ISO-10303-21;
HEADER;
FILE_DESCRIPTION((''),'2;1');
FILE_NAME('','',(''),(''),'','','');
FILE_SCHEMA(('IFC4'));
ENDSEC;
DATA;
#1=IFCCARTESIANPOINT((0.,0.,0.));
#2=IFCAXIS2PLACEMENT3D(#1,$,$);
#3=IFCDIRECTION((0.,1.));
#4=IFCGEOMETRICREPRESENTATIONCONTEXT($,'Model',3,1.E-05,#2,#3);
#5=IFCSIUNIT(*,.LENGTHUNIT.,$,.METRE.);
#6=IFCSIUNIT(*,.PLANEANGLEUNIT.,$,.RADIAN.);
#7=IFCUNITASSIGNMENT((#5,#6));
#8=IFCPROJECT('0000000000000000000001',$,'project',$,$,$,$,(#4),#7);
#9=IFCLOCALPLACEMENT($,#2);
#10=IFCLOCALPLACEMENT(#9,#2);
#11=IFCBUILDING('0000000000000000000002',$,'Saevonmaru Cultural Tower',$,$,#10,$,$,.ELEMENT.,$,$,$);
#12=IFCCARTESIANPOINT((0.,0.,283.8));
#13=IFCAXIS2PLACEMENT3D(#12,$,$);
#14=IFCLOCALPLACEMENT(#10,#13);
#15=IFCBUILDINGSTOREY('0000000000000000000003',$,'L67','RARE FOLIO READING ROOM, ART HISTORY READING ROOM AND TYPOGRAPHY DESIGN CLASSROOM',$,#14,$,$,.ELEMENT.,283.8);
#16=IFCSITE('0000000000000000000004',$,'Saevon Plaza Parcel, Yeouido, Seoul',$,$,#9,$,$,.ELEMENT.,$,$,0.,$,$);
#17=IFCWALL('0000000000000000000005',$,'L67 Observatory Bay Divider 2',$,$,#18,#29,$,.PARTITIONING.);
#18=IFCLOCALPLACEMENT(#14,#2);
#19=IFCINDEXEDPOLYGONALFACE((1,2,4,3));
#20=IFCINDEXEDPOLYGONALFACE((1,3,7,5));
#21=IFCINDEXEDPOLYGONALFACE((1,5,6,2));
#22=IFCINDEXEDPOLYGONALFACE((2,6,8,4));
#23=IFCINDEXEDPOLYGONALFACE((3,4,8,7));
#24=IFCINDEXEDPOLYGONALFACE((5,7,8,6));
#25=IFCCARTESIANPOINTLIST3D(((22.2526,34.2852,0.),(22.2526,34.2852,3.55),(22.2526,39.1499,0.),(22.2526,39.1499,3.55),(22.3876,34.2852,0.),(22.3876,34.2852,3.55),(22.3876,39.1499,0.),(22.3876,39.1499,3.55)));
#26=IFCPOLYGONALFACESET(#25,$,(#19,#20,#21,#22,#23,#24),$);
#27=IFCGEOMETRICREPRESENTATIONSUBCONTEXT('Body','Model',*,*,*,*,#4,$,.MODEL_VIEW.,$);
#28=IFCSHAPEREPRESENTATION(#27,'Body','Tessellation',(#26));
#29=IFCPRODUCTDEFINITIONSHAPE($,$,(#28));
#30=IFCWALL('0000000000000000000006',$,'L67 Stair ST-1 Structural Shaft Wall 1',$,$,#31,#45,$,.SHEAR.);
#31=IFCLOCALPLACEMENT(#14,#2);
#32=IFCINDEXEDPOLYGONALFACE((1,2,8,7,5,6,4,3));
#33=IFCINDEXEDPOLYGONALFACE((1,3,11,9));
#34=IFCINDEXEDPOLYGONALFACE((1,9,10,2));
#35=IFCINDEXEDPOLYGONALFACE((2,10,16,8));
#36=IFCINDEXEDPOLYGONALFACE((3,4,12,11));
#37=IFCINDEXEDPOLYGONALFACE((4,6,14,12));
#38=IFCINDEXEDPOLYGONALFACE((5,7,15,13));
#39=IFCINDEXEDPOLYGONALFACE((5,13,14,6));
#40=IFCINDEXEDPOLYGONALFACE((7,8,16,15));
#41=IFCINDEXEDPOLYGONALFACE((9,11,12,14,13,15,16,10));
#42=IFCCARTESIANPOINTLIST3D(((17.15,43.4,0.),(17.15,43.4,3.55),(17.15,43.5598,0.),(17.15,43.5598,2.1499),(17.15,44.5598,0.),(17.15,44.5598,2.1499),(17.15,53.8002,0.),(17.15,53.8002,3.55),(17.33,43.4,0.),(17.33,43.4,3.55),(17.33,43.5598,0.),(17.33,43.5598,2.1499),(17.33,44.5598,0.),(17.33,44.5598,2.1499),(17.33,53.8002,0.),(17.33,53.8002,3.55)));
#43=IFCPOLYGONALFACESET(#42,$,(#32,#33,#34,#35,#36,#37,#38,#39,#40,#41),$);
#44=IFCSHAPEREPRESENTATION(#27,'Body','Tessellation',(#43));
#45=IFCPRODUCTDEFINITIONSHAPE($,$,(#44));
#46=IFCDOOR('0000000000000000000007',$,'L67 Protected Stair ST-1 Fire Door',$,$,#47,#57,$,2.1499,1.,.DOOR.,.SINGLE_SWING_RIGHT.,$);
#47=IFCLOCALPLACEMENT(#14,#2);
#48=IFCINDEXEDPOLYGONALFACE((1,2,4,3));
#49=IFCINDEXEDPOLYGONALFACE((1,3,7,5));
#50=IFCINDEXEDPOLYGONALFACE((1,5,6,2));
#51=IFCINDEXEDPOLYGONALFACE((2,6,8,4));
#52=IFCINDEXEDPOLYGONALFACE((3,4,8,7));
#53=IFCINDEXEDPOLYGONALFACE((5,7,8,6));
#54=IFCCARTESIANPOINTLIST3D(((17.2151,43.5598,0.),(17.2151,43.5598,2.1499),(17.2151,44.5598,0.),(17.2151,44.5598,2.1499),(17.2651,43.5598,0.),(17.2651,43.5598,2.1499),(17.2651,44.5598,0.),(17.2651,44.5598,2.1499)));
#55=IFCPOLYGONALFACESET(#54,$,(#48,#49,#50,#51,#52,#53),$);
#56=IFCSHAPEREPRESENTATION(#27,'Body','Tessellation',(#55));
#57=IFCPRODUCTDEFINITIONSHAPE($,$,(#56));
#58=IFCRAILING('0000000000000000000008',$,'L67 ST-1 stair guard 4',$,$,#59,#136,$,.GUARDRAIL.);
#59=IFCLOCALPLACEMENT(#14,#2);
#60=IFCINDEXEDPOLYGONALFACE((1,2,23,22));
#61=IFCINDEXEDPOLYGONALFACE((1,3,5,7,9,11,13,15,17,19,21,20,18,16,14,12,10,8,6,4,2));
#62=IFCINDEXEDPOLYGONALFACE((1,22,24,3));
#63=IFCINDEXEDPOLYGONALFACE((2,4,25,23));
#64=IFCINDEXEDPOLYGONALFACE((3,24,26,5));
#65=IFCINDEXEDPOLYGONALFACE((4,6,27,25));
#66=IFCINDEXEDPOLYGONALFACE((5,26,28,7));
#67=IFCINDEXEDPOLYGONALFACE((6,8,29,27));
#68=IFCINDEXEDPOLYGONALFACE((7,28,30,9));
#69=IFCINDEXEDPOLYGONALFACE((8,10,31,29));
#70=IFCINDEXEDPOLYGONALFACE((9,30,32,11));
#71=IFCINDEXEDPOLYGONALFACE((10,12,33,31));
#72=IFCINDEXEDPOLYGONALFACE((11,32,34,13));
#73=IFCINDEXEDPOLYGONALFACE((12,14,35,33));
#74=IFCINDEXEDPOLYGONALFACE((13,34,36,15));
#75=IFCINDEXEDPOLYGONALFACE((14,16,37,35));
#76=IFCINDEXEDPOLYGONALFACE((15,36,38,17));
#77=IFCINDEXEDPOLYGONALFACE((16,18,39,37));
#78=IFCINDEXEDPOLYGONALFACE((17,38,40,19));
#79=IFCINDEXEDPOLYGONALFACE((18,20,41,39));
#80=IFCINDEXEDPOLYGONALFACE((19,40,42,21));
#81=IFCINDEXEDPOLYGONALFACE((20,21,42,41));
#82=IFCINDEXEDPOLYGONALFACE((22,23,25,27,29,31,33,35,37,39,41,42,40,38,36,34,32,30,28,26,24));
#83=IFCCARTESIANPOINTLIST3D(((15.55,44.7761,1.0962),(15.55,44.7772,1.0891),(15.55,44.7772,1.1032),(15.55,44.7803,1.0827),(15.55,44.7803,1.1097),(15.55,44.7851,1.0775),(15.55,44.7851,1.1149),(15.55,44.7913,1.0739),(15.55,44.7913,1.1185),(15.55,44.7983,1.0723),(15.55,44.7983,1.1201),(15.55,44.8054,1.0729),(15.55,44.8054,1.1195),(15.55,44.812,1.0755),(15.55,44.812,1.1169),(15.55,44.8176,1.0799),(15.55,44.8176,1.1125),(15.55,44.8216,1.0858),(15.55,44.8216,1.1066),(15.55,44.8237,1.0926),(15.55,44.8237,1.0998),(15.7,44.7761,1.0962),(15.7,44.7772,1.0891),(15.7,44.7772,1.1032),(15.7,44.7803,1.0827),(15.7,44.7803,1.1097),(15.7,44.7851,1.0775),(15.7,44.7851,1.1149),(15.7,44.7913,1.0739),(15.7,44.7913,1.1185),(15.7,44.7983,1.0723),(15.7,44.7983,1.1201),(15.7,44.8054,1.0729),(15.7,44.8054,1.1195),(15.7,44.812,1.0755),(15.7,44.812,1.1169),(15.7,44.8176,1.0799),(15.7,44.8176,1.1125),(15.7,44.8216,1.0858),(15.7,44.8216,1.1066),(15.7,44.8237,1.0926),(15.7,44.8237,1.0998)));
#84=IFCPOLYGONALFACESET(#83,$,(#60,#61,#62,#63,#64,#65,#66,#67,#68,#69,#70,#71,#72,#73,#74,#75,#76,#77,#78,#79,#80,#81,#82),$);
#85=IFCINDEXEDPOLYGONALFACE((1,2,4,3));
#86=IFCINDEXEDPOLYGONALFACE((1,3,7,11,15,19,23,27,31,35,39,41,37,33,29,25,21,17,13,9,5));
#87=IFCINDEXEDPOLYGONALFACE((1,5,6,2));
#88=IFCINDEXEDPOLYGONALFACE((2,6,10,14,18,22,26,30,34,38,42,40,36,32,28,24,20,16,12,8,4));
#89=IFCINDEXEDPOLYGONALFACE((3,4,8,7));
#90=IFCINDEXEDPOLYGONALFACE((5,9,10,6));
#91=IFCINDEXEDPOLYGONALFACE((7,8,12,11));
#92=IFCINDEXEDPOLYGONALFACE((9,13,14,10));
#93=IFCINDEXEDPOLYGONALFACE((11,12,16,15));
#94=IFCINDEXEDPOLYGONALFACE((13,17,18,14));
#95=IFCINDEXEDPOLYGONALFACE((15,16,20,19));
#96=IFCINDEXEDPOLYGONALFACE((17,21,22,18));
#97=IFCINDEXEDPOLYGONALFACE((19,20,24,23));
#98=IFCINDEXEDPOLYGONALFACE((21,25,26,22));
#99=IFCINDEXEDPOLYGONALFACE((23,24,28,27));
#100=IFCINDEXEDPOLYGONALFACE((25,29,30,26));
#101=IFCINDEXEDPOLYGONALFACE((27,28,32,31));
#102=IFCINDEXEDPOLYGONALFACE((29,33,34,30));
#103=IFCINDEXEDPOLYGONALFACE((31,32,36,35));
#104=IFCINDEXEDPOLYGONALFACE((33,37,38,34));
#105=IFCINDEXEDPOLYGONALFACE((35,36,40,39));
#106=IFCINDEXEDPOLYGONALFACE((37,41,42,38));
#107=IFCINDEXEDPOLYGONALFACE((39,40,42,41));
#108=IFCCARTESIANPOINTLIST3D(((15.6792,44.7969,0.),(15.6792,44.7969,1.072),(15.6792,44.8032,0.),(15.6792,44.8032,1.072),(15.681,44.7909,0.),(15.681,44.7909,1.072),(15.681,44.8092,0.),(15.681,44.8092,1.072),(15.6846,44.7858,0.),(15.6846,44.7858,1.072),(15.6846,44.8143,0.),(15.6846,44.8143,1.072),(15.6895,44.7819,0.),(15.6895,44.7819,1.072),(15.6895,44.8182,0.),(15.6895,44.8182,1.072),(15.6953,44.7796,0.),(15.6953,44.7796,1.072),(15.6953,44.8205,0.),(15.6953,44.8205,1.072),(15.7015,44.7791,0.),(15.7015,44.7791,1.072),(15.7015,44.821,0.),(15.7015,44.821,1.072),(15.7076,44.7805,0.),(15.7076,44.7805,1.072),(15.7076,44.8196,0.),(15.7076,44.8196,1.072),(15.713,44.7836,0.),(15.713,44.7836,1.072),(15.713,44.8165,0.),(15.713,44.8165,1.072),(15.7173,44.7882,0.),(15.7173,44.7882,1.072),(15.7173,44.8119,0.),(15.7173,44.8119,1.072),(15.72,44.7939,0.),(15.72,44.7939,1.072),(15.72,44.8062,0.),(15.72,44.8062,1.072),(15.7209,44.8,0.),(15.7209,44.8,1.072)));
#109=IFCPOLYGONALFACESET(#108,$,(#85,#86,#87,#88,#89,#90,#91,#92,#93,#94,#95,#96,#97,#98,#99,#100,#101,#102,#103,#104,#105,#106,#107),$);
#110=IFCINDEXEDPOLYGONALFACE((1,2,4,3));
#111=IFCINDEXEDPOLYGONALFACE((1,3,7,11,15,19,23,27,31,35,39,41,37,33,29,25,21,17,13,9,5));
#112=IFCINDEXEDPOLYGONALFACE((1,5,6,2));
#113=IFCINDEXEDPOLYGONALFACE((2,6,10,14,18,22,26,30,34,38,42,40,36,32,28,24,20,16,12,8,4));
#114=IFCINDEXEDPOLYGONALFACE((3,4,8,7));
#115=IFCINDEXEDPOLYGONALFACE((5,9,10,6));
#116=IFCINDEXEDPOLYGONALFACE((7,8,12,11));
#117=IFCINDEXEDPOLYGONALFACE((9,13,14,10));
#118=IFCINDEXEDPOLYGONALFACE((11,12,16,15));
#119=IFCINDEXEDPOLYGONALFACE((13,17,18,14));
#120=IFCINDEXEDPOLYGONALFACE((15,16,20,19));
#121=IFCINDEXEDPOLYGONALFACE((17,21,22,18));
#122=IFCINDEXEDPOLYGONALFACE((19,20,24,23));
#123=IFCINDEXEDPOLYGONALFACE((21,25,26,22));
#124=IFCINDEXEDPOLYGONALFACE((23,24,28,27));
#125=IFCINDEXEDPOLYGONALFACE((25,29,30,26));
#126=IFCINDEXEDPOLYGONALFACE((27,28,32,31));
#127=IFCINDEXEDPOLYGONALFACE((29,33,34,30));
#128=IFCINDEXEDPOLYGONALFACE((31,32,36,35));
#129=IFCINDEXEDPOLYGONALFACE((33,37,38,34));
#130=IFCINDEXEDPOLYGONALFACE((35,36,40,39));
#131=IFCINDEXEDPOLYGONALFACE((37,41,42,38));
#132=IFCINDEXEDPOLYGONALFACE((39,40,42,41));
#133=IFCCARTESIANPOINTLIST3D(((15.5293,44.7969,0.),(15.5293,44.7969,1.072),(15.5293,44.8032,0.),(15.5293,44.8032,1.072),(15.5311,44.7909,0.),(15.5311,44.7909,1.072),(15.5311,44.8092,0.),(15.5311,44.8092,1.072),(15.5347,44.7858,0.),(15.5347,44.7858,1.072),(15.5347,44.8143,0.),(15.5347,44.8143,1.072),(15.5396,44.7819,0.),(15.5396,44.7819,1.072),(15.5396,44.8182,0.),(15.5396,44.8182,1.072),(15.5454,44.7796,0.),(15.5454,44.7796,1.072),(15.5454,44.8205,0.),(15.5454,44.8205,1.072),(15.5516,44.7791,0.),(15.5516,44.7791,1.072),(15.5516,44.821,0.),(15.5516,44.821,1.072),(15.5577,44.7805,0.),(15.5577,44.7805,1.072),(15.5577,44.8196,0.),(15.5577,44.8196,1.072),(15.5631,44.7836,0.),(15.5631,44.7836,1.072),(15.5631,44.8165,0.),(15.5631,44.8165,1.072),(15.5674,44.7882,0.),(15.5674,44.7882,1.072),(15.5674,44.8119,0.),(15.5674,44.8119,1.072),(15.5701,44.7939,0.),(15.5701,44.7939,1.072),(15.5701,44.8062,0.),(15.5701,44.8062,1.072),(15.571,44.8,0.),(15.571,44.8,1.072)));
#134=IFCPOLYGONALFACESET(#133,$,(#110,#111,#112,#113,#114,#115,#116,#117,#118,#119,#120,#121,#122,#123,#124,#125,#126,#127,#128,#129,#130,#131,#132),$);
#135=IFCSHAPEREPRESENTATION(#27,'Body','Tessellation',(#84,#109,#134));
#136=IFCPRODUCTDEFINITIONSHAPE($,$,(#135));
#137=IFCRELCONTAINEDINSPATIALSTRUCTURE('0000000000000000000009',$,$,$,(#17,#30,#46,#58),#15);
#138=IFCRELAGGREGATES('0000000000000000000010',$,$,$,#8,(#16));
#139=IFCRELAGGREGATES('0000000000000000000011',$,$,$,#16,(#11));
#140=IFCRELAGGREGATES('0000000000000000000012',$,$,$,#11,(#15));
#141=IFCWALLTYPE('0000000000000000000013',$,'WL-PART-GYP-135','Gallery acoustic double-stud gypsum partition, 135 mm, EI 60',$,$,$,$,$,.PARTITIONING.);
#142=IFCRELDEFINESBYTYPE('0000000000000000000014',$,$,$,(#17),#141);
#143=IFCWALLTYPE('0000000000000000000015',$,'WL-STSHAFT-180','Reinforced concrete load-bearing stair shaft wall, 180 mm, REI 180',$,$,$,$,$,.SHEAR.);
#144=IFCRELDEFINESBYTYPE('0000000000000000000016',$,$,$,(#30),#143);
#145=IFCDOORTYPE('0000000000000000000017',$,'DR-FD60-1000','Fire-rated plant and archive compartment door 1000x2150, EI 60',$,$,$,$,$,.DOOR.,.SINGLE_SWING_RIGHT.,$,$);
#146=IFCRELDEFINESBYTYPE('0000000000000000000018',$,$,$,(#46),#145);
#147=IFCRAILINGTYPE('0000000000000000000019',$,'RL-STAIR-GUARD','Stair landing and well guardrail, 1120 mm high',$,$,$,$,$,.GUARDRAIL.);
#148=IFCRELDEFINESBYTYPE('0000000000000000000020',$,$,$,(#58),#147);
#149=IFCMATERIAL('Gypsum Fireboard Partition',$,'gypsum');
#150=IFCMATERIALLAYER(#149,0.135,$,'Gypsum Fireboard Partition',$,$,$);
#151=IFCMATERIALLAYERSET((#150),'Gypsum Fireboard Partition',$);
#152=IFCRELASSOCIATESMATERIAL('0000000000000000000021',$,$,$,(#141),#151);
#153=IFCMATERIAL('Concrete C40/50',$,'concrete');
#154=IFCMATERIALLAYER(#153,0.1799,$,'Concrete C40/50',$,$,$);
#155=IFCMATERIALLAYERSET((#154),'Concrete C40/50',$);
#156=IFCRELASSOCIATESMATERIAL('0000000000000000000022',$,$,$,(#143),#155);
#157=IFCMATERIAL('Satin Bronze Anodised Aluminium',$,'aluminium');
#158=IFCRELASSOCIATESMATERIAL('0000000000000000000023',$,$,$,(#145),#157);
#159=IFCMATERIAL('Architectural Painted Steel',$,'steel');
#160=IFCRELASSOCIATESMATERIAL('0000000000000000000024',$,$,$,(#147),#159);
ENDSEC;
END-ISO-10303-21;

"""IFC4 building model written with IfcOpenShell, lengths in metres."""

from ifc_helpers import new_model, si_unit, direction, frame, frame_2d, origin, origin_2d, place, context, subcontext, project, spatial, rectangle, circle, extrude, material, layer, layer_set, type_object, element, fill, save


model = new_model("IFC4")

# Units and contexts
model_context = context("Model", 3, precision=1e-05, world=origin(), true_north=direction((0.0, 1.0)))
body_context = subcontext(model_context, "Body", "Model", "MODEL_VIEW")
ifc_project = project(units=[si_unit("LENGTHUNIT", "METRE"), si_unit("PLANEANGLEUNIT", "RADIAN")], contexts=[model_context])

# Site, building, storey
site_placement = place(None, origin())
site = spatial("IfcSite", under=ifc_project, at=site_placement, Name="Saevon Plaza Parcel, Yeouido, Seoul", CompositionType="ELEMENT", RefElevation=0.0)
building_placement = place(site_placement, origin())
building = spatial("IfcBuilding", under=site, at=building_placement, Name="Saevonmaru Cultural Tower", CompositionType="ELEMENT")
storey_placement = place(building_placement, frame((0.0, 0.0, 283.8)))
storey = spatial("IfcBuildingStorey", under=building, at=storey_placement, Name="L67", Description="RARE FOLIO READING ROOM, ART HISTORY READING ROOM AND TYPOGRAPHY DESIGN CLASSROOM", CompositionType="ELEMENT", Elevation=283.8)

# Shared definitions
ifc_material_1 = material(Name="Satin Bronze Anodised Aluminium", Category="aluminium")

# Shared definitions
ifc_material_2 = material(Name="Gypsum Fireboard Partition", Category="gypsum")

# Wall
ifc_layer_1 = layer(ifc_material_2, 0.135, Name="Gypsum Fireboard Partition")
ifc_layer_set_1 = layer_set([ifc_layer_1], Name="Gypsum Fireboard Partition")
wall_type_1 = type_object("IfcWallType", Name="WL-PART-GYP-135", Description="Gallery acoustic double-stud gypsum partition, 135 mm, EI 60", PredefinedType="PARTITIONING", material=ifc_layer_set_1)
wall_1_placement = place(storey_placement, frame((22.3201, 34.2852, 0.0), z_axis=(0.0, 0.0, 1.0), x_axis=(0.0, 1.0, 0.0)))
element("IfcWall", 1, at=wall_1_placement, inside=storey, type_object=wall_type_1, Name="L67 Observatory Bay Divider 2", PredefinedType="PARTITIONING", context=body_context, shape_type="SweptSolid", body=[
    extrude(rectangle(XDim=4.8647, YDim=0.135, at=frame_2d((2.4324, 0.0))), origin(), (0.0, 0.0, 1.0), 3.55),
])

# Wall, opening, door
ifc_material_3 = material(Name="Concrete C40/50", Category="concrete")
ifc_layer_2 = layer(ifc_material_3, 0.1799, Name="Concrete C40/50")
ifc_layer_set_2 = layer_set([ifc_layer_2], Name="Concrete C40/50")
wall_type_2 = type_object("IfcWallType", Name="WL-STSHAFT-180", Description="Reinforced concrete load-bearing stair shaft wall, 180 mm, REI 180", PredefinedType="SHEAR", material=ifc_layer_set_2)
wall_2_placement = place(storey_placement, frame((17.24, 43.3999, 0.0), z_axis=(0.0, 0.0, 1.0), x_axis=(0.0, 1.0, 0.0)))
wall_2 = element("IfcWall", 2, at=wall_2_placement, inside=storey, type_object=wall_type_2, Name="L67 Stair ST-1 Structural Shaft Wall 1", PredefinedType="SHEAR", context=body_context, shape_type="SweptSolid", body=[
    extrude(rectangle(XDim=10.4001, YDim=0.1799, at=frame_2d((5.2002, 0.0))), origin(), (0.0, 0.0, 1.0), 3.55),
])
opening_1_placement = place(wall_2_placement, frame((0.1599, 0.0, 0.0)))
opening_1 = element("IfcOpeningElement", 3, at=opening_1_placement, cuts=wall_2, PredefinedType="OPENING", context=body_context, shape_type="SweptSolid", body=[
    extrude(rectangle(XDim=1.0, YDim=2.1499, at=frame_2d((0.5, 1.075))), frame((0.0, 0.1001, 0.0), z_axis=(0.0, -1.0, 0.0), x_axis=(1.0, 0.0, 0.0)), (0.0, 0.0, 1.0), 0.2),
])
door_type_1 = type_object("IfcDoorType", Name="DR-FD60-1000", Description="Fire-rated plant and archive compartment door 1000x2150, EI 60", OperationType="SINGLE_SWING_RIGHT", PredefinedType="DOOR", material=ifc_material_1)
door_1_placement = place(opening_1_placement, origin())
door_1 = element("IfcDoor", 4, at=door_1_placement, inside=storey, type_object=door_type_1, Name="L67 Protected Stair ST-1 Fire Door", OperationType="SINGLE_SWING_RIGHT", OverallHeight=2.1499, OverallWidth=1.0, PredefinedType="DOOR", context=body_context, shape_type="SweptSolid", body=[
    extrude(rectangle(XDim=1.0, YDim=2.1499, at=frame_2d((0.5, 1.075))), frame((0.0, 0.0249, 0.0), z_axis=(0.0, -1.0, 0.0), x_axis=(1.0, 0.0, 0.0)), (0.0, 0.0, 1.0), 0.05),
])
fill(opening_1, door_1)

# Railing
ifc_material_4 = material(Name="Architectural Painted Steel", Category="steel")
railing_type = type_object("IfcRailingType", Name="RL-STAIR-GUARD", Description="Stair landing and well guardrail, 1120 mm high", PredefinedType="GUARDRAIL", material=ifc_material_4)
railing_placement = place(storey_placement, frame((15.7, 44.8, 0.0)))
element("IfcRailing", 5, at=railing_placement, inside=storey, type_object=railing_type, Name="L67 ST-1 stair guard 4", PredefinedType="GUARDRAIL", context=body_context, shape_type="SweptSolid", body=[
    extrude(circle(Radius=0.0239, at=origin_2d()), frame((0.0, 0.0, 1.0962), z_axis=(-1.0, 0.0, 0.0), x_axis=(0.0, -1.0, 0.0)), (0.0, 0.0, 1.0), 0.1499),
    extrude(circle(Radius=0.021, at=origin_2d()), origin(), (0.0, 0.0, 1.0), 1.072),
    extrude(circle(Radius=0.021, at=origin_2d()), frame((-0.1499, 0.0, 0.0)), (0.0, 0.0, 1.0), 1.072),
])

save(model, "model.ifc")
